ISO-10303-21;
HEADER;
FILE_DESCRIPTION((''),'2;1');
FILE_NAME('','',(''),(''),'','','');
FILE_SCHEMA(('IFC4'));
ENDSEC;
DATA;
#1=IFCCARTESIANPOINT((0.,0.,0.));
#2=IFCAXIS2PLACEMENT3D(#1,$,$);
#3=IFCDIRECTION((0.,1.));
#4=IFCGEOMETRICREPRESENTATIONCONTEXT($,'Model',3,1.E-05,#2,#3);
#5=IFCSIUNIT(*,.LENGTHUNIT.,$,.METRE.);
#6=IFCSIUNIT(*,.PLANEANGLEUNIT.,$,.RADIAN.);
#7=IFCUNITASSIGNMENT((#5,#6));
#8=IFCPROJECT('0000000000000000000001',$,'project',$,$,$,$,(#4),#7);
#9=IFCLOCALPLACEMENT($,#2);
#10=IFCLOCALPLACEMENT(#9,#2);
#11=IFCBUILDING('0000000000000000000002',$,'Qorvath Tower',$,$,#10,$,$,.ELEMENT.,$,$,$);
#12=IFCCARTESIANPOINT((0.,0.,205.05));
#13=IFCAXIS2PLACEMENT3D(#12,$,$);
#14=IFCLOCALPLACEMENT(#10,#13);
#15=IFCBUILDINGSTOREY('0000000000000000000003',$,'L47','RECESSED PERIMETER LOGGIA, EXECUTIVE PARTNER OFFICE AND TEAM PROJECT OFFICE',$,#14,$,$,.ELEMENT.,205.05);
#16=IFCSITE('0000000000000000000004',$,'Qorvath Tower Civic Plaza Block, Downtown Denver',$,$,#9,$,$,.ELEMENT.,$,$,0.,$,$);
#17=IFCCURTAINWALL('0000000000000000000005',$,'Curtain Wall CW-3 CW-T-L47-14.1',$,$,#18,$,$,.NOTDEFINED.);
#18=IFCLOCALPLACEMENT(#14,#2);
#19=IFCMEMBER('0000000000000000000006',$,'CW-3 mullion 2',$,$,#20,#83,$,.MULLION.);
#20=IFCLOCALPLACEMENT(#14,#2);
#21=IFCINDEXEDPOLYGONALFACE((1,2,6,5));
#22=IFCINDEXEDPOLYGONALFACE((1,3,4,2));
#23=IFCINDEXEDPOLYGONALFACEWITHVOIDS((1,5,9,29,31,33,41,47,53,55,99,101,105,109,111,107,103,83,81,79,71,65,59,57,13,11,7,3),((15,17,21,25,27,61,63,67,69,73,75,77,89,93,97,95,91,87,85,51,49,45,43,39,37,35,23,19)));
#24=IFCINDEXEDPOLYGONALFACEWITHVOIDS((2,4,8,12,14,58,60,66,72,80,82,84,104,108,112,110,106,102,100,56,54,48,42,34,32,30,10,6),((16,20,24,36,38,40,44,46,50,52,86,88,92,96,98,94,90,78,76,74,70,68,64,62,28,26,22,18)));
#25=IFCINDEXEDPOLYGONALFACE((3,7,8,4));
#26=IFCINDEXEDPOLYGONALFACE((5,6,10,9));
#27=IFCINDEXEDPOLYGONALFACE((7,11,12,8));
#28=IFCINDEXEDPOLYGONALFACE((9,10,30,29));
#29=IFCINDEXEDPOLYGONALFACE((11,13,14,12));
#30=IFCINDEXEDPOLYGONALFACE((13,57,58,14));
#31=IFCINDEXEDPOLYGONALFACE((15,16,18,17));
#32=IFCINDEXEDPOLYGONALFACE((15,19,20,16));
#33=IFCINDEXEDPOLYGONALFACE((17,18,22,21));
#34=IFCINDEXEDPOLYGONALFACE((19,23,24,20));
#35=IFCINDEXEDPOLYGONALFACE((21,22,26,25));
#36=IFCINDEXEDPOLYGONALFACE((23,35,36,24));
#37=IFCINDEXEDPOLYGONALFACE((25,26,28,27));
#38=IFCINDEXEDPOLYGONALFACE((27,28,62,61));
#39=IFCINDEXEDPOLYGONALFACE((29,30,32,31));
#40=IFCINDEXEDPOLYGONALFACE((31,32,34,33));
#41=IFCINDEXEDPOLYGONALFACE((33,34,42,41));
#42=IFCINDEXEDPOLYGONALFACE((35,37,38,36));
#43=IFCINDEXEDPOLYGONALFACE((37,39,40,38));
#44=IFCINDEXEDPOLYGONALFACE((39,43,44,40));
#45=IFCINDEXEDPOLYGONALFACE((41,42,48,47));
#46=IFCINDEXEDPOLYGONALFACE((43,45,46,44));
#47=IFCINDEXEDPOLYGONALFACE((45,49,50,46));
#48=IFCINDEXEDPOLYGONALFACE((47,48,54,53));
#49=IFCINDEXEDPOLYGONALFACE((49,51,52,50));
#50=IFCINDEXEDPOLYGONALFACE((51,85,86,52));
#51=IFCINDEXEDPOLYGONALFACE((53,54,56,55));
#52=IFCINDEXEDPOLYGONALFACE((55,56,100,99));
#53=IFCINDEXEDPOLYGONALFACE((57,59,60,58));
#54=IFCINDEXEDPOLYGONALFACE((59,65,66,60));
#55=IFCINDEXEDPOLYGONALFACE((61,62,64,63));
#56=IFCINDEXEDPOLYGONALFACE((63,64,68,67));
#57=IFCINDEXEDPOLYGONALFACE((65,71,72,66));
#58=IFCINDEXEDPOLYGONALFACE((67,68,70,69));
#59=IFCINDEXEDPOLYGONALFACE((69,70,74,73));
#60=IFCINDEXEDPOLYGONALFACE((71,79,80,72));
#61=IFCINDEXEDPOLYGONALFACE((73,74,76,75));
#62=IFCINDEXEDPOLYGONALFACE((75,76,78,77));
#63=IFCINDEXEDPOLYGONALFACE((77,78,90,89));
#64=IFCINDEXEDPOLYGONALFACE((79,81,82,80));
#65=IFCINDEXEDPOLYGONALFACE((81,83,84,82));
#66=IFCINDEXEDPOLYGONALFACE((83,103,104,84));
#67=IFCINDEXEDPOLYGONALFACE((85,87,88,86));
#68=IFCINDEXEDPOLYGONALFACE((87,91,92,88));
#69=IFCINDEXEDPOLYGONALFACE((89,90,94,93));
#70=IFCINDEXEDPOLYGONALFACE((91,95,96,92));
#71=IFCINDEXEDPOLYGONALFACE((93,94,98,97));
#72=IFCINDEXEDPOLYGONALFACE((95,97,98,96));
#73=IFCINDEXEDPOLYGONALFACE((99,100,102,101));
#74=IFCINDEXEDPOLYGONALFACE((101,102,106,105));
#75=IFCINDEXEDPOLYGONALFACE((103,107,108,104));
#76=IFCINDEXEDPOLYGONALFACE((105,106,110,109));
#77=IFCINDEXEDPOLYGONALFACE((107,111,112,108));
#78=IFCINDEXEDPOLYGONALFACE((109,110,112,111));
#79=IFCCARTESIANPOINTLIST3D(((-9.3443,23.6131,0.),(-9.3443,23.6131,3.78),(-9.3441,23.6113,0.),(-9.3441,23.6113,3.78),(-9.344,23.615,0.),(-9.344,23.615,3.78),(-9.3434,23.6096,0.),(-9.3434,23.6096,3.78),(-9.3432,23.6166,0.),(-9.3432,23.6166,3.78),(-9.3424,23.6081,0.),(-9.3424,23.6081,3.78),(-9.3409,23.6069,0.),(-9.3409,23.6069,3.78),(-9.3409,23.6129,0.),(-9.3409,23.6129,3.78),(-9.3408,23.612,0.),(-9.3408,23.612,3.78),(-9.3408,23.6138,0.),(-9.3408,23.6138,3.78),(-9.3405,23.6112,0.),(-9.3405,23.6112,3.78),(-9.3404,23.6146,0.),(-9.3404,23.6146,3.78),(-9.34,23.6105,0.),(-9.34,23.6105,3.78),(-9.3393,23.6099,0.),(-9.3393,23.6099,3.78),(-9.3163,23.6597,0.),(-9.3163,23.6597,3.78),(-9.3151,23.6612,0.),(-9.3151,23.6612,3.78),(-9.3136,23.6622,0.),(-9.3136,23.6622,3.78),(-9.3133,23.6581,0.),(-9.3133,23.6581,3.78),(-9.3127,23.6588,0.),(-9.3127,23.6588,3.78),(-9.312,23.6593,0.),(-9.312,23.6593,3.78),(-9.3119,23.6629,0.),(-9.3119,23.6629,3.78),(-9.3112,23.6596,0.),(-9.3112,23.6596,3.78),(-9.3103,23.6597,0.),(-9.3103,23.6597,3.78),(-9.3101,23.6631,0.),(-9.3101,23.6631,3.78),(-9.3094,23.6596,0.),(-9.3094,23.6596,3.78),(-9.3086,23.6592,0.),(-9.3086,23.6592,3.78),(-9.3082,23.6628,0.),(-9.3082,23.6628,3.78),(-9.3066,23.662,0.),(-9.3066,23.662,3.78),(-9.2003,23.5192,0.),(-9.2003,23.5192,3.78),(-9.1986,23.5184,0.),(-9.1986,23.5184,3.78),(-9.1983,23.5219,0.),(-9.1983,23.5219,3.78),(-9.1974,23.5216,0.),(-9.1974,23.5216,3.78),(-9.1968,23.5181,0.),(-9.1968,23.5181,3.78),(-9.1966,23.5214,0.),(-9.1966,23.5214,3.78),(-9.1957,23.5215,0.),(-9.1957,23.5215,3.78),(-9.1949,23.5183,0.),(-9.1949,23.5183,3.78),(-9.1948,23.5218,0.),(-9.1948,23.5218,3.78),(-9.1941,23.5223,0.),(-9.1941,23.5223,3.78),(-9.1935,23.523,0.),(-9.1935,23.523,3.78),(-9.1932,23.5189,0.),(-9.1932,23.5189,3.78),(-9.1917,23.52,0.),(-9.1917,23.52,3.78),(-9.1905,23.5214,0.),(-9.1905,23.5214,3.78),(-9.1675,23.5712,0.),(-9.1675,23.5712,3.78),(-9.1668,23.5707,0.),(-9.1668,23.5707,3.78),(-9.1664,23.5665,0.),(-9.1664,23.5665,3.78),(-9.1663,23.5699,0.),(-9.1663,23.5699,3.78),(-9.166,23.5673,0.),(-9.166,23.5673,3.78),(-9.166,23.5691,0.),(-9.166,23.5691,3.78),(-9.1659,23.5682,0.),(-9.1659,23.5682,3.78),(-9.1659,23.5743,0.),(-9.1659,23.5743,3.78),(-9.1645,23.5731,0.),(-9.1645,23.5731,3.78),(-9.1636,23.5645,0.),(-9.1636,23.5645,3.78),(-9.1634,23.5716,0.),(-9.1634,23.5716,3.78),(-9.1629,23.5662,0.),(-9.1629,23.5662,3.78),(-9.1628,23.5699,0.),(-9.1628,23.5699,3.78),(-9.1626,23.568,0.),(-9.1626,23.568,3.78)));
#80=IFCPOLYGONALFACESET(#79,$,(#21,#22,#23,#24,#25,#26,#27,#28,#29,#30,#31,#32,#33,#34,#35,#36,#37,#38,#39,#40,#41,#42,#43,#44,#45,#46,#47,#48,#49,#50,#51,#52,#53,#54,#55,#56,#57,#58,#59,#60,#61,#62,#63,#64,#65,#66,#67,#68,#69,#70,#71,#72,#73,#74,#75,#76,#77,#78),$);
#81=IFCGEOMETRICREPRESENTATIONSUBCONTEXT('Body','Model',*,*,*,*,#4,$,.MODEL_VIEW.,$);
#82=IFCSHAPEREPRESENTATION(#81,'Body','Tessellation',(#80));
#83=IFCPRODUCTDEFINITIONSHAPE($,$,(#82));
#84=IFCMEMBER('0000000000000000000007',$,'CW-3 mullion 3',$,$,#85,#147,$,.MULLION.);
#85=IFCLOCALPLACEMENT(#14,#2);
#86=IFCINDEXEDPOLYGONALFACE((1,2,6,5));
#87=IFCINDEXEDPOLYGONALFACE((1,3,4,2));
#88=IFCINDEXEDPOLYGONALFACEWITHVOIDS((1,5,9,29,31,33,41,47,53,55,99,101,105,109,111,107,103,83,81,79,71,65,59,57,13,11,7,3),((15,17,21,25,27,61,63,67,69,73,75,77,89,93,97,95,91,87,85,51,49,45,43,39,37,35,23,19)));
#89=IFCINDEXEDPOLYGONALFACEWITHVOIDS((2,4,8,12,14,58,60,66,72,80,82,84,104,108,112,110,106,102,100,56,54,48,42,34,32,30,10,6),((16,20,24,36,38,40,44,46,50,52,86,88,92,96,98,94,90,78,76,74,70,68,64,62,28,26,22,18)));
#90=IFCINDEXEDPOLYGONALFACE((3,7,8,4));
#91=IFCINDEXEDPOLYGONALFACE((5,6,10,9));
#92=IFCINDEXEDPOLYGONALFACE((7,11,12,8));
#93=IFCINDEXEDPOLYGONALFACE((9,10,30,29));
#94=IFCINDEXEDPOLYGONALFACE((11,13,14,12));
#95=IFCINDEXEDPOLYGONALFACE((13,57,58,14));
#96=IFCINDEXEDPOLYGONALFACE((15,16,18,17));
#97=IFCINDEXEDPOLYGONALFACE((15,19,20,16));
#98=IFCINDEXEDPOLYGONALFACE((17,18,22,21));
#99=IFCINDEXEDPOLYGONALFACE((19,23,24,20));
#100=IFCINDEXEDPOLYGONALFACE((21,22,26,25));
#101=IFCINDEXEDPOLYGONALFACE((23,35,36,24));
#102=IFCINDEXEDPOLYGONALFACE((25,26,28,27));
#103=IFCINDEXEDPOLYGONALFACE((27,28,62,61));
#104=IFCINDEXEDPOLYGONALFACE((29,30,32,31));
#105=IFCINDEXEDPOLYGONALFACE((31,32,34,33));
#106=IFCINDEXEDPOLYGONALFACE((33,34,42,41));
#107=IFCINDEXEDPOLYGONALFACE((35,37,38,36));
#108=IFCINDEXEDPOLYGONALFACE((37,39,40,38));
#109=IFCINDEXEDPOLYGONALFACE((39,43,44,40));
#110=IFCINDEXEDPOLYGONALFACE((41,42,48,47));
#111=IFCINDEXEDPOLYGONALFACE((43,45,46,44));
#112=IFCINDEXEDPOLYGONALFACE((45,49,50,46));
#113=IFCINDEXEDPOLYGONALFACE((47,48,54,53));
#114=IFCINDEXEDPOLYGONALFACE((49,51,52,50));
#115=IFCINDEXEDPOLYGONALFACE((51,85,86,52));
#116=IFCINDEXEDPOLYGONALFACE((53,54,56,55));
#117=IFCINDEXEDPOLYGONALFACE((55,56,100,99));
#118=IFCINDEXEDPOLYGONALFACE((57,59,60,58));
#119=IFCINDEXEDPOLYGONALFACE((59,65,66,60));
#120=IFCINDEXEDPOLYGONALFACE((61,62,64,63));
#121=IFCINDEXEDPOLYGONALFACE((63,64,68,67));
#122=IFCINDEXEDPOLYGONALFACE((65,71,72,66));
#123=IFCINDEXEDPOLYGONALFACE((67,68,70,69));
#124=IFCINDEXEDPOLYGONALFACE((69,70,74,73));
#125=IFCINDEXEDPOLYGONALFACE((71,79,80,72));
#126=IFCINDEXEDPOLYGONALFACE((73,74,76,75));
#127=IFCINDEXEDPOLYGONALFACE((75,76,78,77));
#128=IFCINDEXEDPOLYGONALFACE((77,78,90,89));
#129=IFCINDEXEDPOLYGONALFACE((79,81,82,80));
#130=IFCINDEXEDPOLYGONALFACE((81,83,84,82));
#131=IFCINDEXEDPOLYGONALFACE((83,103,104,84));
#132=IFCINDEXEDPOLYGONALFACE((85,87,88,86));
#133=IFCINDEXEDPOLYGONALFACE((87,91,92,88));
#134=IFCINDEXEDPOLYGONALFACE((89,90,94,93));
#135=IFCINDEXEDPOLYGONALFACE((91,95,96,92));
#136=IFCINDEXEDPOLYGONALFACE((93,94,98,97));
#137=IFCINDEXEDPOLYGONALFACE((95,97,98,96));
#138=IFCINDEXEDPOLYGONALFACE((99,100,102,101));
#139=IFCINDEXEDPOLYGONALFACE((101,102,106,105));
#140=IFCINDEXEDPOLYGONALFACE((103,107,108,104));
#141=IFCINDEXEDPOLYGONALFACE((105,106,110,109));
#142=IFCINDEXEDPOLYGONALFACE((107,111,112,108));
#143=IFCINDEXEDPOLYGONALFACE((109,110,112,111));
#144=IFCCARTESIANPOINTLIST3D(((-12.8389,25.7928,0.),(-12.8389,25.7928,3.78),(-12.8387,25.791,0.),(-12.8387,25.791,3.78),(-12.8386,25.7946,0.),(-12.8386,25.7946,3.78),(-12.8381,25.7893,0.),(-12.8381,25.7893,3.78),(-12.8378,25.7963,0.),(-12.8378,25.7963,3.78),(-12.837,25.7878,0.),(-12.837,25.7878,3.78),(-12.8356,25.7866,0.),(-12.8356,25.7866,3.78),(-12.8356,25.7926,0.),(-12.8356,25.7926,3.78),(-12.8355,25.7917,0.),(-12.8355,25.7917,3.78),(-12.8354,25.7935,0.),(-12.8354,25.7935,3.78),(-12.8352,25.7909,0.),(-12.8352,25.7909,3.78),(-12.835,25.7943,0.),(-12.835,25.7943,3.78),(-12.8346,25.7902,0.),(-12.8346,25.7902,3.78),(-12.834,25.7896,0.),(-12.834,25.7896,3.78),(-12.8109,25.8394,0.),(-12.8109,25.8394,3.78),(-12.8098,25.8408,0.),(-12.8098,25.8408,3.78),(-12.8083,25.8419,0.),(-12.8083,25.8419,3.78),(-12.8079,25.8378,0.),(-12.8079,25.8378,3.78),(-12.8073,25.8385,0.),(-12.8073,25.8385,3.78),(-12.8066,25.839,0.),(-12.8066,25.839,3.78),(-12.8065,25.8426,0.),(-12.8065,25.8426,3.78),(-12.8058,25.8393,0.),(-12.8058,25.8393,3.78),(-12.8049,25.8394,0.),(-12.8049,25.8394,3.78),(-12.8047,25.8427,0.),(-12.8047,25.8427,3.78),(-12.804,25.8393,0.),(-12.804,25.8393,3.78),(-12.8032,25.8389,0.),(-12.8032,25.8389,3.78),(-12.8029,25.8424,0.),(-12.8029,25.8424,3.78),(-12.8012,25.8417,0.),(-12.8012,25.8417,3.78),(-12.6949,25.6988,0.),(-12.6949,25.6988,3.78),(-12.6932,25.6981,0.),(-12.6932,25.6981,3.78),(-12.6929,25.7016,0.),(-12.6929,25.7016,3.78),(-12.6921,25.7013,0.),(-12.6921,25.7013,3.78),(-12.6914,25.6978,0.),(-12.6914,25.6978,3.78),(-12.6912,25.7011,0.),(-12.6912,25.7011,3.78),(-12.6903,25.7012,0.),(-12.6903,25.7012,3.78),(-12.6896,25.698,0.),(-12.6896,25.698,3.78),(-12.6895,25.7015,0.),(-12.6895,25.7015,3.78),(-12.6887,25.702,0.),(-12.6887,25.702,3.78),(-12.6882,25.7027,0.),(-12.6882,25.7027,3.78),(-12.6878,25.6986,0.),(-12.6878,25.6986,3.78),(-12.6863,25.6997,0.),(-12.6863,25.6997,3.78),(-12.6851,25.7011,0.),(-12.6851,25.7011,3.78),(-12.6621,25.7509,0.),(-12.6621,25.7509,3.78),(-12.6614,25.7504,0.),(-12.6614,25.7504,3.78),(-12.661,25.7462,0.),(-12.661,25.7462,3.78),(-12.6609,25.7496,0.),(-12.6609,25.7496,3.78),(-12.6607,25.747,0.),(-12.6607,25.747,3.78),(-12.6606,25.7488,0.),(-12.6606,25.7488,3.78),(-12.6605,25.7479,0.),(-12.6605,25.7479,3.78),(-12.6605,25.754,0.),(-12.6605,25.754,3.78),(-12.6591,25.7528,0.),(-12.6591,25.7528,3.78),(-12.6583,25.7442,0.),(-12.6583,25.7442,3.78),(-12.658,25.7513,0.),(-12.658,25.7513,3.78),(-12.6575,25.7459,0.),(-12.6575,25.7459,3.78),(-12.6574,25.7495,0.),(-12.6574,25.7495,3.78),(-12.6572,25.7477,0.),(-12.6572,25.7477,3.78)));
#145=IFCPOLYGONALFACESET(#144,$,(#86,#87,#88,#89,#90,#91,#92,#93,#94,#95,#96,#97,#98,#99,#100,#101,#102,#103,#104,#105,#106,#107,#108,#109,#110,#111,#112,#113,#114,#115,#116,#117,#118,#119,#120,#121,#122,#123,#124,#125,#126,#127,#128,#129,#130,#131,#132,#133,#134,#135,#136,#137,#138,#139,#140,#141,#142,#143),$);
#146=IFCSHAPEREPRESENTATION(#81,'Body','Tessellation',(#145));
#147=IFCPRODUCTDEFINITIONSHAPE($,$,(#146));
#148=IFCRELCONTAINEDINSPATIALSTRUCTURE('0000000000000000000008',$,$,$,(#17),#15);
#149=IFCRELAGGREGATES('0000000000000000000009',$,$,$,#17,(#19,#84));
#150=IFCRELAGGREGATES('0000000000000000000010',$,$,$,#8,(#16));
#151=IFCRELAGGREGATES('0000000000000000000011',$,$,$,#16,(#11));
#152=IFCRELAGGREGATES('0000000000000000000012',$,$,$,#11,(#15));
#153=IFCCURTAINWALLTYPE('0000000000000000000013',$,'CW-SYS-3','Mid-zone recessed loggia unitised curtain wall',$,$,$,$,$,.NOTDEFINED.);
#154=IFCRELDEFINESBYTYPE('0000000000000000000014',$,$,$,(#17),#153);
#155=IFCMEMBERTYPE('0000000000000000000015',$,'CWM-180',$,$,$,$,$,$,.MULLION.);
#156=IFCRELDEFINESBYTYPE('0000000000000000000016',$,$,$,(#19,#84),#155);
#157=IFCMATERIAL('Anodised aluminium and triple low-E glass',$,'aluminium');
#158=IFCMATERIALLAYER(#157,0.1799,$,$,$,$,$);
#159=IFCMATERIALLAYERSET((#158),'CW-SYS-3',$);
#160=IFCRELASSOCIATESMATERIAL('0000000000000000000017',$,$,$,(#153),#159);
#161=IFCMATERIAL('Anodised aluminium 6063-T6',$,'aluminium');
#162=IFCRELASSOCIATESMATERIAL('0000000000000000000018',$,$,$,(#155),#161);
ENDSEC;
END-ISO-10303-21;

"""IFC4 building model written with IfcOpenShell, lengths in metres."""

from ifc_helpers import new_model, si_unit, direction, frame, origin, origin_2d, place, context, subcontext, project, spatial, hollow_rectangle, extrude, material, layer, layer_set, material_profile, profile_set, type_object, element, aggregate, save


model = new_model("IFC4")

# Units and contexts
model_context = context("Model", 3, precision=1e-05, world=origin(), true_north=direction((0.0, 1.0)))
body_context = subcontext(model_context, "Body", "Model", "MODEL_VIEW")
ifc_project = project(units=[si_unit("LENGTHUNIT", "METRE"), si_unit("PLANEANGLEUNIT", "RADIAN")], contexts=[model_context])

# Site, building, storey
site_placement = place(None, origin())
site = spatial("IfcSite", under=ifc_project, at=site_placement, Name="Qorvath Tower Civic Plaza Block, Downtown Denver", CompositionType="ELEMENT", RefElevation=0.0)
building_placement = place(site_placement, origin())
building = spatial("IfcBuilding", under=site, at=building_placement, Name="Qorvath Tower", CompositionType="ELEMENT")
storey_placement = place(building_placement, frame((0.0, 0.0, 205.05)))
storey = spatial("IfcBuildingStorey", under=building, at=storey_placement, Name="L47", Description="RECESSED PERIMETER LOGGIA, EXECUTIVE PARTNER OFFICE AND TEAM PROJECT OFFICE", CompositionType="ELEMENT", Elevation=205.05)

# Shared definitions
ifc_material_1 = material(Name="Anodised aluminium and triple low-E glass", Category="aluminium")
ifc_layer_1 = layer(ifc_material_1, 0.1799)
ifc_layer_set_1 = layer_set([ifc_layer_1], Name="CW-SYS-3")
curtain_wall_type = type_object("IfcCurtainWallType", Name="CW-SYS-3", Description="Mid-zone recessed loggia unitised curtain wall", PredefinedType="NOTDEFINED", material=ifc_layer_set_1)
ifc_material_2 = material(Name="Anodised aluminium 6063-T6", Category="aluminium")
ifc_material_profile_1 = material_profile(ifc_material_2, hollow_rectangle(XDim=0.0649, YDim=0.1799, WallThickness=0.0034, InnerFilletRadius=0.0034, OuterFilletRadius=0.0071, at=origin_2d()), Name="CWM 180x65")
ifc_profile_set_1 = profile_set([ifc_material_profile_1], Name="Anodised aluminium 6063-T6")
member_type_1 = type_object("IfcMemberType", Name="CWM-180", PredefinedType="MULLION", material=ifc_profile_set_1)

# Curtain wall, members
curtain_wall_1_placement = place(storey_placement, origin())
curtain_wall_1 = element("IfcCurtainWall", 1, at=curtain_wall_1_placement, inside=storey, type_object=curtain_wall_type, Name="Curtain Wall CW-3 CW-T-L47-14.1", PredefinedType="NOTDEFINED")
member_1_placement = place(storey_placement, frame((-9.2534, 23.5906, 0.0), z_axis=(0.0, 0.0, 1.0), x_axis=(-0.529206, -0.848493, 0.0)))
member_1 = element("IfcMember", 2, at=member_1_placement, type_object=member_type_1, Name="CW-3 mullion 2", PredefinedType="MULLION", context=body_context, shape_type="SweptSolid", body=[
    extrude(hollow_rectangle(XDim=0.0649, YDim=0.1799, WallThickness=0.0034, InnerFilletRadius=0.0034, OuterFilletRadius=0.0071, at=origin_2d()), origin(), (0.0, 0.0, 1.0), 3.78),
])
member_2_placement = place(storey_placement, frame((-12.748, 25.7703, 0.0), z_axis=(0.0, 0.0, 1.0), x_axis=(-0.529206, -0.848493, 0.0)))
member_2 = element("IfcMember", 3, at=member_2_placement, type_object=member_type_1, Name="CW-3 mullion 3", PredefinedType="MULLION", context=body_context, shape_type="SweptSolid", body=[
    extrude(hollow_rectangle(XDim=0.0649, YDim=0.1799, WallThickness=0.0034, InnerFilletRadius=0.0034, OuterFilletRadius=0.0071, at=origin_2d()), origin(), (0.0, 0.0, 1.0), 3.78),
])

aggregate(curtain_wall_1, [member_1, member_2])

save(model, "model.ifc")
